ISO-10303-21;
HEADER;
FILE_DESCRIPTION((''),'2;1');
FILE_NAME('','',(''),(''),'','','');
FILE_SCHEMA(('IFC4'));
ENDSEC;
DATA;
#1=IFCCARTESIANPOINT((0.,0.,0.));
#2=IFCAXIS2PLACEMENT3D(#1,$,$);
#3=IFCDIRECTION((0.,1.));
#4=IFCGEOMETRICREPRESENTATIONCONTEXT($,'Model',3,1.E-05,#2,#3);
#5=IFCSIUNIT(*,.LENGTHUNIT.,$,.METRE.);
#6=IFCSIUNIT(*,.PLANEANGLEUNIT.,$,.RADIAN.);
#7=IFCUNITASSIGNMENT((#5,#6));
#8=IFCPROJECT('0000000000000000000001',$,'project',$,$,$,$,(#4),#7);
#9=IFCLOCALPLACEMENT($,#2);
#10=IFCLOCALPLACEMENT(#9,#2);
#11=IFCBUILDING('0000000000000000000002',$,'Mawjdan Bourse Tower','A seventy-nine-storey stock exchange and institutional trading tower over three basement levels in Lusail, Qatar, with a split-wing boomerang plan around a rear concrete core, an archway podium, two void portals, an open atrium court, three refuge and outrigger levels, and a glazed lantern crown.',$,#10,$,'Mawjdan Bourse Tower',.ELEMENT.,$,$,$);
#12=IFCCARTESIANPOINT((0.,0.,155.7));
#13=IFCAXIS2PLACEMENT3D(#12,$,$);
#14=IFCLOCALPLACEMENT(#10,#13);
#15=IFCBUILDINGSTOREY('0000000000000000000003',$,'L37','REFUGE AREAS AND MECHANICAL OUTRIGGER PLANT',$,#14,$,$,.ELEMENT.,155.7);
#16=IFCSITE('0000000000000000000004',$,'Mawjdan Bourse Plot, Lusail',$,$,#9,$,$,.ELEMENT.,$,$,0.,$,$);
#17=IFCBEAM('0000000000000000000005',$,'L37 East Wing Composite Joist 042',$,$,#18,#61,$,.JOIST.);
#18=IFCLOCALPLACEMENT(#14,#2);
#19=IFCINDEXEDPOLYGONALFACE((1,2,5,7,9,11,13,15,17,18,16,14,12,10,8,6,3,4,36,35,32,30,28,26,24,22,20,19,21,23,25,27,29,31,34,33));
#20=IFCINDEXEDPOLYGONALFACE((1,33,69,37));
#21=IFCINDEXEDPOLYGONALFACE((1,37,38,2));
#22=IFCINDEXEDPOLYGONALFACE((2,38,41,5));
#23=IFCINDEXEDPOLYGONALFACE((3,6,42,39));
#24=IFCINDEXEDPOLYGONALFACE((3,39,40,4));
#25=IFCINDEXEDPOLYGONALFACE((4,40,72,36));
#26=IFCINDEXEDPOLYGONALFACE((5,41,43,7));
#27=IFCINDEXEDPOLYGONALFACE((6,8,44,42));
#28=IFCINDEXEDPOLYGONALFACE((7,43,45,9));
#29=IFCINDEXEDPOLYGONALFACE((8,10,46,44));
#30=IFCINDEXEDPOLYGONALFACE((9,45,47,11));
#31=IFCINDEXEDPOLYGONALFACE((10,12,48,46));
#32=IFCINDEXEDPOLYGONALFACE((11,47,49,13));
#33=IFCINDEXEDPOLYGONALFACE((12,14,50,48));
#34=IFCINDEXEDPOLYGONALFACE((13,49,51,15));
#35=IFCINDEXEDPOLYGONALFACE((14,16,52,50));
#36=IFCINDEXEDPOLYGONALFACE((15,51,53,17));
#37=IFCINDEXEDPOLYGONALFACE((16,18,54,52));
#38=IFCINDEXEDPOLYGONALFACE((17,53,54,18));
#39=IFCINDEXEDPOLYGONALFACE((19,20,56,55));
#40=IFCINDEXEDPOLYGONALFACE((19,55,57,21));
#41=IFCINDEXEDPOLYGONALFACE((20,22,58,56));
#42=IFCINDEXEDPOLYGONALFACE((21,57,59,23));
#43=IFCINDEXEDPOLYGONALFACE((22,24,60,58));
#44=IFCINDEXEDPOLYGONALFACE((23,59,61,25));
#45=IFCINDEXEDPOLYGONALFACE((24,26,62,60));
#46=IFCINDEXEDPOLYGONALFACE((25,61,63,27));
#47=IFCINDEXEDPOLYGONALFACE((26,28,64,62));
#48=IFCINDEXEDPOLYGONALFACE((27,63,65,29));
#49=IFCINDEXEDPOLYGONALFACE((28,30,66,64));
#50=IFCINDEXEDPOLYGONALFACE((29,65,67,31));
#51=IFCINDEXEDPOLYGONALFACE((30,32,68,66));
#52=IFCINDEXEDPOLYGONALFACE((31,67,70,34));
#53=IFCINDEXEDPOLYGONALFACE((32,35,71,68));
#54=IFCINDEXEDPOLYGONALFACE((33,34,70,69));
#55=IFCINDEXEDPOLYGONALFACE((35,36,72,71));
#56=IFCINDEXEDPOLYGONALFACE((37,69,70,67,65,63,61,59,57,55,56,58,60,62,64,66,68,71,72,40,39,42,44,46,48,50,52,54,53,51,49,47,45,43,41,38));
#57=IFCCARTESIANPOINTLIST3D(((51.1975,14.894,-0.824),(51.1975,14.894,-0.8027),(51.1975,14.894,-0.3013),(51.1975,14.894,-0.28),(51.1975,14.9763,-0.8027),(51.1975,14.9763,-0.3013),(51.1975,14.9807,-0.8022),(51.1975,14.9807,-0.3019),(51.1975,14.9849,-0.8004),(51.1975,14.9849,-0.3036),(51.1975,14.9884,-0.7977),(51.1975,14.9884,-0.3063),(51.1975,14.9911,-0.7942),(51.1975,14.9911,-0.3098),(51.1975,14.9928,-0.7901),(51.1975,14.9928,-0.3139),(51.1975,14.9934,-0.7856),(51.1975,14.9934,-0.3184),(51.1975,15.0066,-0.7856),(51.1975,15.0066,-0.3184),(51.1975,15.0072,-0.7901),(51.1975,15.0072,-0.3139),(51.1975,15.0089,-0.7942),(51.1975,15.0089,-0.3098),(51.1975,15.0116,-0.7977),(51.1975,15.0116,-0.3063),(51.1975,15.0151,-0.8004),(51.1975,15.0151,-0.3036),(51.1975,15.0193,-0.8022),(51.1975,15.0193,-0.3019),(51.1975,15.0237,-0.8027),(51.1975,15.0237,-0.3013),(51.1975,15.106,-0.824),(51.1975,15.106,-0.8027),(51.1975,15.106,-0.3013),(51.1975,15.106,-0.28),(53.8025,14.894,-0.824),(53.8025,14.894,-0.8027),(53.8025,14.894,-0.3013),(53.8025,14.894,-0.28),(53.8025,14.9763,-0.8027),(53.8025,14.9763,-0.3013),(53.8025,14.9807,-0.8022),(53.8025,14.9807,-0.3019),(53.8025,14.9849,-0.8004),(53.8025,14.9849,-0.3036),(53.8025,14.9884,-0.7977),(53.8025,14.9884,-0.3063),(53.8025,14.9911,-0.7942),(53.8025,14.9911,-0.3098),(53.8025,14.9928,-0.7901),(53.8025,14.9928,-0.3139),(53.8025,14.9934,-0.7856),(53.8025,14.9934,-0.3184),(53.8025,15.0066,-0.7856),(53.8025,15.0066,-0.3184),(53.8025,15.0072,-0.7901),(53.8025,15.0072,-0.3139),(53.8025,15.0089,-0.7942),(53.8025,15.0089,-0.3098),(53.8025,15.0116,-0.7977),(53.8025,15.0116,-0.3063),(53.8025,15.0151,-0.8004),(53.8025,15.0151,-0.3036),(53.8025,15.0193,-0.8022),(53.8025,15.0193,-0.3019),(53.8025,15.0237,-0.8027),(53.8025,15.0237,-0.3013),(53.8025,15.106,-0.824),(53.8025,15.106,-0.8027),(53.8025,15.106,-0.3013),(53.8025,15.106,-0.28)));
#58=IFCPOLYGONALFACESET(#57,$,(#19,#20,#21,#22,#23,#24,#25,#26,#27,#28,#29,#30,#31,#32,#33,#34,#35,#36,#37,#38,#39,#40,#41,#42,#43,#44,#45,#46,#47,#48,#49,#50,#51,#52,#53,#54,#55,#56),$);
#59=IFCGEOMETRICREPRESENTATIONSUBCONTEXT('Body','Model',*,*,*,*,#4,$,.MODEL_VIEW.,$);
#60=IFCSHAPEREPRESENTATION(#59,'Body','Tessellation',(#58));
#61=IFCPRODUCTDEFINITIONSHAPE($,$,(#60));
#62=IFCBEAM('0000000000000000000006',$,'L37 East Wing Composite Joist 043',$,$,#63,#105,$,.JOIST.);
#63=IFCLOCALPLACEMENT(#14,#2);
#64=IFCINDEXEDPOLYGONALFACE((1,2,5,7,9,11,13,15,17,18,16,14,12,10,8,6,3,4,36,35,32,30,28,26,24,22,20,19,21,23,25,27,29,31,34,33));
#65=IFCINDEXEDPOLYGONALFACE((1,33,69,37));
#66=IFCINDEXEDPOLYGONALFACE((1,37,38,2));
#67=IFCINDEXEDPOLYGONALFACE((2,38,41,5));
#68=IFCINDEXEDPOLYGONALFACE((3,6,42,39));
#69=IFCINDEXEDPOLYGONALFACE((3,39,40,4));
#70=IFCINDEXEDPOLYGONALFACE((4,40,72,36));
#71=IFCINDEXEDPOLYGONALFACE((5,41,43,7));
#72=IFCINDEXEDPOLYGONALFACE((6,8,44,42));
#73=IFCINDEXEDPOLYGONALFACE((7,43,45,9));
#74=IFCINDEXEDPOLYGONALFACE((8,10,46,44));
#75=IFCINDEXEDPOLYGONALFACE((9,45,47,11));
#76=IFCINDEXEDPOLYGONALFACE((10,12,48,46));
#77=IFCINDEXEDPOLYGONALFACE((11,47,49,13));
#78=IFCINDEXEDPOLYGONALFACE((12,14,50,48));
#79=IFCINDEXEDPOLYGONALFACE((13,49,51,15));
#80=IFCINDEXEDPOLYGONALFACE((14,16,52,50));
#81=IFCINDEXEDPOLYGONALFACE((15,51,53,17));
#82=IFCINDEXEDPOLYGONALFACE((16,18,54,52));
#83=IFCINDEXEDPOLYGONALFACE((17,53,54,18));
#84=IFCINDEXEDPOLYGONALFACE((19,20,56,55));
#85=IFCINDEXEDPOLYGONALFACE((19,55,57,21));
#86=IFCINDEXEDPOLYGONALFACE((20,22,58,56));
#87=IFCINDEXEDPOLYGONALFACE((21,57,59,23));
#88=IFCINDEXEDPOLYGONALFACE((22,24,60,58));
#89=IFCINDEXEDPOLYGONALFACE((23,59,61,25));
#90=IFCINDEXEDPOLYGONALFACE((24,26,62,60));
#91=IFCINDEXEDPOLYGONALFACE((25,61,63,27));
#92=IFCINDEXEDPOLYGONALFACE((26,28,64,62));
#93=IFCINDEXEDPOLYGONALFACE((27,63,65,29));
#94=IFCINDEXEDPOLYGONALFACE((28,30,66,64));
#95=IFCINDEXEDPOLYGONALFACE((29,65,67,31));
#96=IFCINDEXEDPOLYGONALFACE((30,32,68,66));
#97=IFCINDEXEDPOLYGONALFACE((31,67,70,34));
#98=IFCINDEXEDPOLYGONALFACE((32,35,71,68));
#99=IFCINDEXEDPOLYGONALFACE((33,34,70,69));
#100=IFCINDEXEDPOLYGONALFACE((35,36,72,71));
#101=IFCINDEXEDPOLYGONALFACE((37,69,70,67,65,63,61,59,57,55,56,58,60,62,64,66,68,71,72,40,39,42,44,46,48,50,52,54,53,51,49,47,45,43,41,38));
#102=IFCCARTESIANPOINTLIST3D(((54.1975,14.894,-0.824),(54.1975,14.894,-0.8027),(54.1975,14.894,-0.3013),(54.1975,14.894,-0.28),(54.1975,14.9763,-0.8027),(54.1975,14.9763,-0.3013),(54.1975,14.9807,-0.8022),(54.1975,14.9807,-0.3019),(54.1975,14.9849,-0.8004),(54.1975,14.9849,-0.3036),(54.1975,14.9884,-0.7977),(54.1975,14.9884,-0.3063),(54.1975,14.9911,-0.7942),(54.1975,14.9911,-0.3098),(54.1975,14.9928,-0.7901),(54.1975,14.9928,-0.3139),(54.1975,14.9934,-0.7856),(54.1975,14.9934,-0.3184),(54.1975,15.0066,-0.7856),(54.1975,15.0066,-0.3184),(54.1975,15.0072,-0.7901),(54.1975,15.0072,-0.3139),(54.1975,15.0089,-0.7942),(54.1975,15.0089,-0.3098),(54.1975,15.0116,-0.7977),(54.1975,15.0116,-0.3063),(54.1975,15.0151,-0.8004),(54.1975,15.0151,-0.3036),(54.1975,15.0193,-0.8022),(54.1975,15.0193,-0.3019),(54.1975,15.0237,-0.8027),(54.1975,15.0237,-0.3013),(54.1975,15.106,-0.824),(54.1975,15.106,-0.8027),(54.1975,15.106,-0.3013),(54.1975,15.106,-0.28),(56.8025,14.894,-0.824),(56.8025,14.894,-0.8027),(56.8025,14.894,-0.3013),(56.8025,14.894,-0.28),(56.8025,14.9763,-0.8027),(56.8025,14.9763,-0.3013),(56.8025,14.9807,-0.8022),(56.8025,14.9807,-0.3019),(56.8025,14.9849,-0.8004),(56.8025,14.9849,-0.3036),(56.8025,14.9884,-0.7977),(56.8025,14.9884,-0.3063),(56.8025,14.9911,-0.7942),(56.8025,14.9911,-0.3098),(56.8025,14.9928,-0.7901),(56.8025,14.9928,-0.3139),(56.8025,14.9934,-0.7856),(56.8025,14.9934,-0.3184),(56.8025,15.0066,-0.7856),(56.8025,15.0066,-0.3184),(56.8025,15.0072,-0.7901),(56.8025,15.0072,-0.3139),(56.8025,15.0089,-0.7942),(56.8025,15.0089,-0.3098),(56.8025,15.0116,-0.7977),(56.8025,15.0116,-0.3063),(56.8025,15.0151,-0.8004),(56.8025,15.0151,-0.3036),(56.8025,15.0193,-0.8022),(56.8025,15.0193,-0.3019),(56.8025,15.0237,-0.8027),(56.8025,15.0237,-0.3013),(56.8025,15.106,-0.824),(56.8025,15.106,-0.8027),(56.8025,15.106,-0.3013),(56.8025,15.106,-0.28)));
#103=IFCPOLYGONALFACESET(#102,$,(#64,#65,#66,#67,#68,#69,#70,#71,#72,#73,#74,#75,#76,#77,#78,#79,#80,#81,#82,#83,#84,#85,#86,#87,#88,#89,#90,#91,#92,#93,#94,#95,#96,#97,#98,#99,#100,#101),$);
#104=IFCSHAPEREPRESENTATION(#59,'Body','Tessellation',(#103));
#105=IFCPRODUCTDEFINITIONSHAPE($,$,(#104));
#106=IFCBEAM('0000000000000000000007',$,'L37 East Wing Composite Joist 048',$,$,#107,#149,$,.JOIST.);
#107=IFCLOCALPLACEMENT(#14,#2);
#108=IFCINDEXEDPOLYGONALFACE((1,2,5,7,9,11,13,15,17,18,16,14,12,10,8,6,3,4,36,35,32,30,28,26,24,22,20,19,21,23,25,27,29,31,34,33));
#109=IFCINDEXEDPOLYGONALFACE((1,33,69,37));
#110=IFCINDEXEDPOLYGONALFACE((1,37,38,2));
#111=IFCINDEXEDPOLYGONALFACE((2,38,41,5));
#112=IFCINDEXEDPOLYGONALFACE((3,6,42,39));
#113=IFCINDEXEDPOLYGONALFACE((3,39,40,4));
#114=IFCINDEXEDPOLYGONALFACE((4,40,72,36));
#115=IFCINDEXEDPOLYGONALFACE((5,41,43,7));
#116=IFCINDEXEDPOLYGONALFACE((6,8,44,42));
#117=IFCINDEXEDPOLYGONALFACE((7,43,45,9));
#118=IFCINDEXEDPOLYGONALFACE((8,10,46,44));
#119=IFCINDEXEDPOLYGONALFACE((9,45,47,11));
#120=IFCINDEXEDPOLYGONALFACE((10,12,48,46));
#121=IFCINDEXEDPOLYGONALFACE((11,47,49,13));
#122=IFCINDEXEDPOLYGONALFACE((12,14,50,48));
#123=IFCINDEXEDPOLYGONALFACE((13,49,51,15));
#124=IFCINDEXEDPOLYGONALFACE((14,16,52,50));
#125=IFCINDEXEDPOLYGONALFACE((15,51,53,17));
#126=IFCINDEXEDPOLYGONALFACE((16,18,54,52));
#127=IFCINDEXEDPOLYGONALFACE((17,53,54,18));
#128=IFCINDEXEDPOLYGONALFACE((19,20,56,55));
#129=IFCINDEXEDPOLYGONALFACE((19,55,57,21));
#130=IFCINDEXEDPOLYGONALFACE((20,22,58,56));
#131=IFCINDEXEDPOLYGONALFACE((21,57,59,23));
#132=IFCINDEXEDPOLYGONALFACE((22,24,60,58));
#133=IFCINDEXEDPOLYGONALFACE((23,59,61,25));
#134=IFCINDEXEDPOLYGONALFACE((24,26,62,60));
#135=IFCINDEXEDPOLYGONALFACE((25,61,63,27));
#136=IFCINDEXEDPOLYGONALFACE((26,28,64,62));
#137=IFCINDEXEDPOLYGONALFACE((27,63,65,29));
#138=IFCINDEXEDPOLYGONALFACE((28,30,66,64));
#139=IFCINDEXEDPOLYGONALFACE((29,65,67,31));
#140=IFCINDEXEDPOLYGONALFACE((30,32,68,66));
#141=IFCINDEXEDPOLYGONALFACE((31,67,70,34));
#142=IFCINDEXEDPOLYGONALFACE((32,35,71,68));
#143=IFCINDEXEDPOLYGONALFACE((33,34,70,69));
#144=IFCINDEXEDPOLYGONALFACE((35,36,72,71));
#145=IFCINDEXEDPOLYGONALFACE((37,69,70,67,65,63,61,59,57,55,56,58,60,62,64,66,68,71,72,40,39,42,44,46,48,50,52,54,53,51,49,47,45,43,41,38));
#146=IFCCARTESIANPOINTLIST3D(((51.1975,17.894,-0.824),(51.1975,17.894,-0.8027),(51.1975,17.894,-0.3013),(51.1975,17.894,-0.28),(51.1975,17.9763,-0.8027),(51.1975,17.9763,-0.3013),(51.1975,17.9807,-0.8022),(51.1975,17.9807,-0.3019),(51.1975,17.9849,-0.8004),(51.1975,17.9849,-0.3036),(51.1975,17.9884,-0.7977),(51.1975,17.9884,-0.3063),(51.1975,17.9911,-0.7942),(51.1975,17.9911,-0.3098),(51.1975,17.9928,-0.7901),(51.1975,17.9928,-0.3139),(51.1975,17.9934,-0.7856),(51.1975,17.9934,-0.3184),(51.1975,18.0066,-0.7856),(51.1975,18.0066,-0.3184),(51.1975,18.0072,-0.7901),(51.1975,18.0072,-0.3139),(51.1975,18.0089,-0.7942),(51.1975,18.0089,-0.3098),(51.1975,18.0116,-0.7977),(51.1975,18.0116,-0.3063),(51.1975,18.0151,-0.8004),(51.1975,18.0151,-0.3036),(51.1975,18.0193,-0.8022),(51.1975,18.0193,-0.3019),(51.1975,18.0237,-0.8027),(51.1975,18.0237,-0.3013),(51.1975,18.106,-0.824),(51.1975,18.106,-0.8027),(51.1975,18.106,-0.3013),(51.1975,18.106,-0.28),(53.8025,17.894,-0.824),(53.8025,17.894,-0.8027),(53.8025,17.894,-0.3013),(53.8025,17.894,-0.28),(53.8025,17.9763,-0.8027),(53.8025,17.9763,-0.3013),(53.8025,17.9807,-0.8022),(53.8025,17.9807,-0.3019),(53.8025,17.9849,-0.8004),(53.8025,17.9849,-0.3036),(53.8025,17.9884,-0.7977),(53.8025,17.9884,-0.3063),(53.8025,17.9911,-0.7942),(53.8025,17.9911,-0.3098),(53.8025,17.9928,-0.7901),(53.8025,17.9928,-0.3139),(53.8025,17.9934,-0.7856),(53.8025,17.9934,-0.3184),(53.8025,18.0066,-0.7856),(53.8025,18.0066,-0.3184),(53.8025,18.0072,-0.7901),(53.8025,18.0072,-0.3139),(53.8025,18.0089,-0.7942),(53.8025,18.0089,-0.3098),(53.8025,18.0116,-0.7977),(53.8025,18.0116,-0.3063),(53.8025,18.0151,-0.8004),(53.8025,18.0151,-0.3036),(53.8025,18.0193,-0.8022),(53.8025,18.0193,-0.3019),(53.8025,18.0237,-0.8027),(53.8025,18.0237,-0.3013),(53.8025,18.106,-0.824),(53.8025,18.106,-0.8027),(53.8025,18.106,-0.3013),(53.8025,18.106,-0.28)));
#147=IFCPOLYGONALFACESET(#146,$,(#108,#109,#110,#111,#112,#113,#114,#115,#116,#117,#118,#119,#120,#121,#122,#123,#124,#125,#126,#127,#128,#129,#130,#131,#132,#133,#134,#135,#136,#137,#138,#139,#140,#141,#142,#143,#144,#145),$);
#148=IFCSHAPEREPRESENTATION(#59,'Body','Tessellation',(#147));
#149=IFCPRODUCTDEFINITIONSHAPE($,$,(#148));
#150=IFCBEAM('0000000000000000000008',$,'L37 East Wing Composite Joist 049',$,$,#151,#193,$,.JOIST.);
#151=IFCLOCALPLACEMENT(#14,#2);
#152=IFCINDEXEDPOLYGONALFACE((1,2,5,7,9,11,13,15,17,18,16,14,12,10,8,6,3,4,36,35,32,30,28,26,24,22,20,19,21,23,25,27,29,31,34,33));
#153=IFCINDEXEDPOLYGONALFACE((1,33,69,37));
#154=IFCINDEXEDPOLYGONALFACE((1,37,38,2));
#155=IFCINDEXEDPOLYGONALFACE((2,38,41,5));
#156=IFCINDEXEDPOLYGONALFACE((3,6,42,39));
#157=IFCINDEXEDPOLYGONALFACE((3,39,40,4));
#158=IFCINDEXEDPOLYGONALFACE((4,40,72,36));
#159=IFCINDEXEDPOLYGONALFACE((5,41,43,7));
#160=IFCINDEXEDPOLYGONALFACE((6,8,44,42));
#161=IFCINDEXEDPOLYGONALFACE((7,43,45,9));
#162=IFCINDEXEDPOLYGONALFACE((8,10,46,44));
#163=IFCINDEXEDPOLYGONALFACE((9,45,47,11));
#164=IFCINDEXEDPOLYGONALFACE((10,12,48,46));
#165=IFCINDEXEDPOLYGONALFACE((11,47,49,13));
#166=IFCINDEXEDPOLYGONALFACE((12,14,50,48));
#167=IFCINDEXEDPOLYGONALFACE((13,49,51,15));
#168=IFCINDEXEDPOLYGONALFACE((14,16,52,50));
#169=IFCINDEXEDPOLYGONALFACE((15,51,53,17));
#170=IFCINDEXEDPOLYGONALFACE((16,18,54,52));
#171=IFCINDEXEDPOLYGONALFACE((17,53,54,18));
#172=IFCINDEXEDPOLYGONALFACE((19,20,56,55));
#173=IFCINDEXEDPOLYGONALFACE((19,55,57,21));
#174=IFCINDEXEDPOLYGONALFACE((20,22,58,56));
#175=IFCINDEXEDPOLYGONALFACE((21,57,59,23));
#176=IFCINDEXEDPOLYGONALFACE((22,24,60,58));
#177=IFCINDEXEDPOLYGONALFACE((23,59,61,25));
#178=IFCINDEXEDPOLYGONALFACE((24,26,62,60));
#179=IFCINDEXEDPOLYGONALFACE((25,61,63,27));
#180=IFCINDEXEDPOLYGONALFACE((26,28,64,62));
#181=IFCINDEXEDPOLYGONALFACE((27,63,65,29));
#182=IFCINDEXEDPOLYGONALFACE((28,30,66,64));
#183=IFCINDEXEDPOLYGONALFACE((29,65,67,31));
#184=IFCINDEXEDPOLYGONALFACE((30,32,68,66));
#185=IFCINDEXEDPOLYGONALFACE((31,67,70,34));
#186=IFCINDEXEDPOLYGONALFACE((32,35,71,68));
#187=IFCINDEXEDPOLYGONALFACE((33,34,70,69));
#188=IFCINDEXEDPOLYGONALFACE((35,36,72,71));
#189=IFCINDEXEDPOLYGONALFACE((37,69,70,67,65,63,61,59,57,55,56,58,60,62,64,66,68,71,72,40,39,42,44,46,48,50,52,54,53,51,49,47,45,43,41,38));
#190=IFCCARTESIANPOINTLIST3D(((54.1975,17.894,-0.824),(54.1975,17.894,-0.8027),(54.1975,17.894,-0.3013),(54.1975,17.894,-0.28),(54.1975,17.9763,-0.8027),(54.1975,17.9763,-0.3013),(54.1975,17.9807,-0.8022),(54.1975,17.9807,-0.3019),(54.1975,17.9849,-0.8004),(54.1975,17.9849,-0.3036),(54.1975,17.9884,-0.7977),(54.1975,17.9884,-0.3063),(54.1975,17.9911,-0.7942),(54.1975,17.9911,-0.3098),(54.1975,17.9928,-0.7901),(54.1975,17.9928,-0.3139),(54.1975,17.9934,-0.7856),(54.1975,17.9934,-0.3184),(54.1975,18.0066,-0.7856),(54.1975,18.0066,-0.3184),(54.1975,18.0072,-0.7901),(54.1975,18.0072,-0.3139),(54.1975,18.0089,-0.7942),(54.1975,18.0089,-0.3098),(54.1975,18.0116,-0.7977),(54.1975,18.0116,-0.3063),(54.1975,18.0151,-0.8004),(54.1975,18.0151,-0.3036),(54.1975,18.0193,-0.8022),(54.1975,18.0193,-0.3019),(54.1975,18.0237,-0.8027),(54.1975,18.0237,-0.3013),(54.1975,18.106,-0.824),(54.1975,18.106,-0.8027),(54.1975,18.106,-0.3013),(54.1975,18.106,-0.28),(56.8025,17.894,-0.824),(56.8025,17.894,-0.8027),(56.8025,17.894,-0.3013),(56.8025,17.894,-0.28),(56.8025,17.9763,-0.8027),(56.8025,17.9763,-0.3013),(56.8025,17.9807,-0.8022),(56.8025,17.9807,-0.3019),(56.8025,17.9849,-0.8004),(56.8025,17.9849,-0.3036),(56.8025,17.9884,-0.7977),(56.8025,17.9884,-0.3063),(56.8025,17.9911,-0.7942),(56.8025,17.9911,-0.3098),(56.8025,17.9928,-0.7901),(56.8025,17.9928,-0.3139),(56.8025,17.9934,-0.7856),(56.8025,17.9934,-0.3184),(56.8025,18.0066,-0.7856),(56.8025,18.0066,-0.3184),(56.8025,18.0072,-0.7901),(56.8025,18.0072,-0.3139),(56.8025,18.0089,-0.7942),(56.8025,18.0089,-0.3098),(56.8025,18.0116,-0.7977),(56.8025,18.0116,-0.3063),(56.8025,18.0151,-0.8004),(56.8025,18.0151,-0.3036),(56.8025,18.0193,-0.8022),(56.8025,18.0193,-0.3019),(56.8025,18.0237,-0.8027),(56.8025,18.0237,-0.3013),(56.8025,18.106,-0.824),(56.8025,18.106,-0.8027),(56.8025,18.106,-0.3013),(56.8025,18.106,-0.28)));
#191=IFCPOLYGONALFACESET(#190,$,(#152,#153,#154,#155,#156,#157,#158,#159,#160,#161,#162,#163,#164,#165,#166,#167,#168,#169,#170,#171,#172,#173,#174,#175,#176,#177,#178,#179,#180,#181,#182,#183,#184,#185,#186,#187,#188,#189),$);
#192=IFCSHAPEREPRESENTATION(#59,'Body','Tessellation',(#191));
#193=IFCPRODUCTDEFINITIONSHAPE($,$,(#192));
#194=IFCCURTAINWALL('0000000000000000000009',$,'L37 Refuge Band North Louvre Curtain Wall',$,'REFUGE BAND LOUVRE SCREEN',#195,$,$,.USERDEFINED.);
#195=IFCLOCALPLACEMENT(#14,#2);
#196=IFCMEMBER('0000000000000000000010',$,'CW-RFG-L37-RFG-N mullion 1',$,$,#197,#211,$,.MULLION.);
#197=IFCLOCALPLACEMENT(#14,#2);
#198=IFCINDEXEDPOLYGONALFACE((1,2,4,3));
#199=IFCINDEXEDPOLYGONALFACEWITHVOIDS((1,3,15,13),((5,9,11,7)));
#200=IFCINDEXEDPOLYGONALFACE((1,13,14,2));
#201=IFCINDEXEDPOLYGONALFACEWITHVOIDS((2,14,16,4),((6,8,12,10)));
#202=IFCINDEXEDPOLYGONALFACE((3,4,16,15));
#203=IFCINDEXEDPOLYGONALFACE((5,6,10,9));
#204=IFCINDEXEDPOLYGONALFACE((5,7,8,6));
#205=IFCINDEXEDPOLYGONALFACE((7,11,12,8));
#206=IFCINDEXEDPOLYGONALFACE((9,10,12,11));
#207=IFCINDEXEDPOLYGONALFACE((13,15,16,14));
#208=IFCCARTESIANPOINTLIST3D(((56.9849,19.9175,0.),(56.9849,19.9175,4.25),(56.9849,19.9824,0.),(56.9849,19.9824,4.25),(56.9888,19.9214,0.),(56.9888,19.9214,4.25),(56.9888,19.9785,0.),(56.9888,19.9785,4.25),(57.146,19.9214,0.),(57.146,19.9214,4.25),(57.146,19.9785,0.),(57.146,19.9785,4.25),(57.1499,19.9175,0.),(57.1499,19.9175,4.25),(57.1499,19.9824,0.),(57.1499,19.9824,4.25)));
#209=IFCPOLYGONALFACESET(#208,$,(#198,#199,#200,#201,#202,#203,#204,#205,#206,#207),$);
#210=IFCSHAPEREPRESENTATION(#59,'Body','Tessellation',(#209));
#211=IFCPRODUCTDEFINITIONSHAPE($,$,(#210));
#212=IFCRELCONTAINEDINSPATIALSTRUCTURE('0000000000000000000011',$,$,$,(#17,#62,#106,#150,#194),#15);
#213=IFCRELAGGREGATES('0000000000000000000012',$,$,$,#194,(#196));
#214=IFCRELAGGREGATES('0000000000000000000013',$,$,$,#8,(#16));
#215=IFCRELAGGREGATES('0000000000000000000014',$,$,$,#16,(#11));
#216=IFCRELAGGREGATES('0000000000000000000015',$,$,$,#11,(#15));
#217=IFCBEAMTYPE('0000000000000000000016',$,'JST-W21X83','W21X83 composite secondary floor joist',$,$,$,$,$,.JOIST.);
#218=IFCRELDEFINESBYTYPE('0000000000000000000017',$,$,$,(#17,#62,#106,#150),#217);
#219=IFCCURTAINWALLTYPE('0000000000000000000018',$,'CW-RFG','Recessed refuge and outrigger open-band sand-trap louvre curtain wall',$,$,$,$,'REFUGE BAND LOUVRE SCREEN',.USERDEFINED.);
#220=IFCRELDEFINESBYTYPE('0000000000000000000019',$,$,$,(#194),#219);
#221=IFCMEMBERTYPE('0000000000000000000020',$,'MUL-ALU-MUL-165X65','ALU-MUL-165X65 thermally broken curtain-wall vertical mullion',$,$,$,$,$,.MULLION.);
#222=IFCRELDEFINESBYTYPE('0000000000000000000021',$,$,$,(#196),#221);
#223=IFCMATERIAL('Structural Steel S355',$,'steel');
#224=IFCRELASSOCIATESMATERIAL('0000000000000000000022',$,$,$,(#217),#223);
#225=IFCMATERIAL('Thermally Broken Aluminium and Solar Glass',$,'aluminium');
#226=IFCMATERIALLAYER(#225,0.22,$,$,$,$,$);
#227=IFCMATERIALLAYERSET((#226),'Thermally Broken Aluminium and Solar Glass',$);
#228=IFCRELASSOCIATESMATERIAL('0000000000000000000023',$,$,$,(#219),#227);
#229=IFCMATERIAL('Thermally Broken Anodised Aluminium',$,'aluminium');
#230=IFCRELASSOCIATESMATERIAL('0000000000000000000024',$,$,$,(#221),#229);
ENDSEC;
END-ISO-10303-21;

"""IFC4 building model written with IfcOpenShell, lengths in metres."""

from ifc_helpers import new_model, si_unit, direction, frame, origin, origin_2d, place, context, subcontext, project, spatial, hollow_rectangle, i_section, extrude, material, layer, layer_set, material_profile, profile_set, type_object, element, aggregate, save


model = new_model("IFC4")

# Units and contexts
model_context = context("Model", 3, precision=1e-05, world=origin(), true_north=direction((0.0, 1.0)))
body_context = subcontext(model_context, "Body", "Model", "MODEL_VIEW")
ifc_project = project(units=[si_unit("LENGTHUNIT", "METRE"), si_unit("PLANEANGLEUNIT", "RADIAN")], contexts=[model_context])

# Site, building, storey
site_placement = place(None, origin())
site = spatial("IfcSite", under=ifc_project, at=site_placement, Name="Mawjdan Bourse Plot, Lusail", CompositionType="ELEMENT", RefElevation=0.0)
building_placement = place(site_placement, origin())
building = spatial("IfcBuilding", under=site, at=building_placement, Name="Mawjdan Bourse Tower", Description="A seventy-nine-storey stock exchange and institutional trading tower over three basement levels in Lusail, Qatar, with a split-wing boomerang plan around a rear concrete core, an archway podium, two void portals, an open atrium court, three refuge and outrigger levels, and a glazed lantern crown.", LongName="Mawjdan Bourse Tower", CompositionType="ELEMENT")
storey_placement = place(building_placement, frame((0.0, 0.0, 155.7)))
storey = spatial("IfcBuildingStorey", under=building, at=storey_placement, Name="L37", Description="REFUGE AREAS AND MECHANICAL OUTRIGGER PLANT", CompositionType="ELEMENT", Elevation=155.7)

# Beams
ifc_material_1 = material(Name="Structural Steel S355", Category="steel")
ifc_material_profile_1 = material_profile(ifc_material_1, i_section(OverallWidth=0.2119, OverallDepth=0.5439, WebThickness=0.0132, FlangeThickness=0.0212, FilletRadius=0.0171, at=origin_2d()), Name="W21X83")
ifc_profile_set_1 = profile_set([ifc_material_profile_1], Name="Structural Steel S355")
beam_type_1 = type_object("IfcBeamType", Name="JST-W21X83", Description="W21X83 composite secondary floor joist", PredefinedType="JOIST", material=ifc_profile_set_1)
for number, where, z_axis, x_axis, name in (
    (1, (51.1975, 15.0, -0.552), (1.0, 0.0, 0.0), (0.0, 1.0, 0.0), "L37 East Wing Composite Joist 042"),
    (2, (54.1975, 15.0, -0.552), (1.0, 0.0, 0.0), (0.0, 1.0, 0.0), "L37 East Wing Composite Joist 043"),
    (3, (51.1975, 18.0, -0.552), (1.0, 0.0, 0.0), (0.0, 1.0, 0.0), "L37 East Wing Composite Joist 048"),
    (4, (54.1975, 18.0, -0.552), (1.0, 0.0, 0.0), (0.0, 1.0, 0.0), "L37 East Wing Composite Joist 049"),
):
    element("IfcBeam", number, at=place(storey_placement, frame(where, z_axis=z_axis, x_axis=x_axis)), inside=storey, type_object=beam_type_1, Name=name, PredefinedType="JOIST", context=body_context, shape_type="SweptSolid", body=[
        extrude(i_section(OverallWidth=0.2119, OverallDepth=0.5439, WebThickness=0.0132, FlangeThickness=0.0212, FilletRadius=0.0171, at=origin_2d()), origin(), (0.0, 0.0, 1.0), 2.605),
    ])

# Curtain wall, member
ifc_material_2 = material(Name="Thermally Broken Aluminium and Solar Glass", Category="aluminium")
ifc_layer_1 = layer(ifc_material_2, 0.22)
ifc_layer_set_1 = layer_set([ifc_layer_1], Name="Thermally Broken Aluminium and Solar Glass")
curtain_wall_type = type_object("IfcCurtainWallType", Name="CW-RFG", Description="Recessed refuge and outrigger open-band sand-trap louvre curtain wall", ElementType="REFUGE BAND LOUVRE SCREEN", PredefinedType="USERDEFINED", material=ifc_layer_set_1)
curtain_wall_placement = place(storey_placement, origin())
curtain_wall = element("IfcCurtainWall", 5, at=curtain_wall_placement, inside=storey, type_object=curtain_wall_type, Name="L37 Refuge Band North Louvre Curtain Wall", ObjectType="REFUGE BAND LOUVRE SCREEN", PredefinedType="USERDEFINED")
ifc_material_3 = material(Name="Thermally Broken Anodised Aluminium", Category="aluminium")
ifc_material_profile_2 = material_profile(ifc_material_3, hollow_rectangle(XDim=0.0649, YDim=0.165, WallThickness=0.0039, at=origin_2d()), Name="ALU-MUL-165X65")
ifc_profile_set_2 = profile_set([ifc_material_profile_2], Name="Thermally Broken Anodised Aluminium")
member_type_1 = type_object("IfcMemberType", Name="MUL-ALU-MUL-165X65", Description="ALU-MUL-165X65 thermally broken curtain-wall vertical mullion", PredefinedType="MULLION", material=ifc_profile_set_2)
member_1_placement = place(storey_placement, frame((57.0674, 19.95, 0.0), z_axis=(0.0, 0.0, 1.0), x_axis=(0.0, -1.0, 0.0)))
member_1 = element("IfcMember", 6, at=member_1_placement, type_object=member_type_1, Name="CW-RFG-L37-RFG-N mullion 1", PredefinedType="MULLION", context=body_context, shape_type="SweptSolid", body=[
    extrude(hollow_rectangle(XDim=0.0649, YDim=0.165, WallThickness=0.0039, at=origin_2d()), origin(), (0.0, 0.0, 1.0), 4.25),
])

aggregate(curtain_wall, [member_1])

save(model, "model.ifc")
